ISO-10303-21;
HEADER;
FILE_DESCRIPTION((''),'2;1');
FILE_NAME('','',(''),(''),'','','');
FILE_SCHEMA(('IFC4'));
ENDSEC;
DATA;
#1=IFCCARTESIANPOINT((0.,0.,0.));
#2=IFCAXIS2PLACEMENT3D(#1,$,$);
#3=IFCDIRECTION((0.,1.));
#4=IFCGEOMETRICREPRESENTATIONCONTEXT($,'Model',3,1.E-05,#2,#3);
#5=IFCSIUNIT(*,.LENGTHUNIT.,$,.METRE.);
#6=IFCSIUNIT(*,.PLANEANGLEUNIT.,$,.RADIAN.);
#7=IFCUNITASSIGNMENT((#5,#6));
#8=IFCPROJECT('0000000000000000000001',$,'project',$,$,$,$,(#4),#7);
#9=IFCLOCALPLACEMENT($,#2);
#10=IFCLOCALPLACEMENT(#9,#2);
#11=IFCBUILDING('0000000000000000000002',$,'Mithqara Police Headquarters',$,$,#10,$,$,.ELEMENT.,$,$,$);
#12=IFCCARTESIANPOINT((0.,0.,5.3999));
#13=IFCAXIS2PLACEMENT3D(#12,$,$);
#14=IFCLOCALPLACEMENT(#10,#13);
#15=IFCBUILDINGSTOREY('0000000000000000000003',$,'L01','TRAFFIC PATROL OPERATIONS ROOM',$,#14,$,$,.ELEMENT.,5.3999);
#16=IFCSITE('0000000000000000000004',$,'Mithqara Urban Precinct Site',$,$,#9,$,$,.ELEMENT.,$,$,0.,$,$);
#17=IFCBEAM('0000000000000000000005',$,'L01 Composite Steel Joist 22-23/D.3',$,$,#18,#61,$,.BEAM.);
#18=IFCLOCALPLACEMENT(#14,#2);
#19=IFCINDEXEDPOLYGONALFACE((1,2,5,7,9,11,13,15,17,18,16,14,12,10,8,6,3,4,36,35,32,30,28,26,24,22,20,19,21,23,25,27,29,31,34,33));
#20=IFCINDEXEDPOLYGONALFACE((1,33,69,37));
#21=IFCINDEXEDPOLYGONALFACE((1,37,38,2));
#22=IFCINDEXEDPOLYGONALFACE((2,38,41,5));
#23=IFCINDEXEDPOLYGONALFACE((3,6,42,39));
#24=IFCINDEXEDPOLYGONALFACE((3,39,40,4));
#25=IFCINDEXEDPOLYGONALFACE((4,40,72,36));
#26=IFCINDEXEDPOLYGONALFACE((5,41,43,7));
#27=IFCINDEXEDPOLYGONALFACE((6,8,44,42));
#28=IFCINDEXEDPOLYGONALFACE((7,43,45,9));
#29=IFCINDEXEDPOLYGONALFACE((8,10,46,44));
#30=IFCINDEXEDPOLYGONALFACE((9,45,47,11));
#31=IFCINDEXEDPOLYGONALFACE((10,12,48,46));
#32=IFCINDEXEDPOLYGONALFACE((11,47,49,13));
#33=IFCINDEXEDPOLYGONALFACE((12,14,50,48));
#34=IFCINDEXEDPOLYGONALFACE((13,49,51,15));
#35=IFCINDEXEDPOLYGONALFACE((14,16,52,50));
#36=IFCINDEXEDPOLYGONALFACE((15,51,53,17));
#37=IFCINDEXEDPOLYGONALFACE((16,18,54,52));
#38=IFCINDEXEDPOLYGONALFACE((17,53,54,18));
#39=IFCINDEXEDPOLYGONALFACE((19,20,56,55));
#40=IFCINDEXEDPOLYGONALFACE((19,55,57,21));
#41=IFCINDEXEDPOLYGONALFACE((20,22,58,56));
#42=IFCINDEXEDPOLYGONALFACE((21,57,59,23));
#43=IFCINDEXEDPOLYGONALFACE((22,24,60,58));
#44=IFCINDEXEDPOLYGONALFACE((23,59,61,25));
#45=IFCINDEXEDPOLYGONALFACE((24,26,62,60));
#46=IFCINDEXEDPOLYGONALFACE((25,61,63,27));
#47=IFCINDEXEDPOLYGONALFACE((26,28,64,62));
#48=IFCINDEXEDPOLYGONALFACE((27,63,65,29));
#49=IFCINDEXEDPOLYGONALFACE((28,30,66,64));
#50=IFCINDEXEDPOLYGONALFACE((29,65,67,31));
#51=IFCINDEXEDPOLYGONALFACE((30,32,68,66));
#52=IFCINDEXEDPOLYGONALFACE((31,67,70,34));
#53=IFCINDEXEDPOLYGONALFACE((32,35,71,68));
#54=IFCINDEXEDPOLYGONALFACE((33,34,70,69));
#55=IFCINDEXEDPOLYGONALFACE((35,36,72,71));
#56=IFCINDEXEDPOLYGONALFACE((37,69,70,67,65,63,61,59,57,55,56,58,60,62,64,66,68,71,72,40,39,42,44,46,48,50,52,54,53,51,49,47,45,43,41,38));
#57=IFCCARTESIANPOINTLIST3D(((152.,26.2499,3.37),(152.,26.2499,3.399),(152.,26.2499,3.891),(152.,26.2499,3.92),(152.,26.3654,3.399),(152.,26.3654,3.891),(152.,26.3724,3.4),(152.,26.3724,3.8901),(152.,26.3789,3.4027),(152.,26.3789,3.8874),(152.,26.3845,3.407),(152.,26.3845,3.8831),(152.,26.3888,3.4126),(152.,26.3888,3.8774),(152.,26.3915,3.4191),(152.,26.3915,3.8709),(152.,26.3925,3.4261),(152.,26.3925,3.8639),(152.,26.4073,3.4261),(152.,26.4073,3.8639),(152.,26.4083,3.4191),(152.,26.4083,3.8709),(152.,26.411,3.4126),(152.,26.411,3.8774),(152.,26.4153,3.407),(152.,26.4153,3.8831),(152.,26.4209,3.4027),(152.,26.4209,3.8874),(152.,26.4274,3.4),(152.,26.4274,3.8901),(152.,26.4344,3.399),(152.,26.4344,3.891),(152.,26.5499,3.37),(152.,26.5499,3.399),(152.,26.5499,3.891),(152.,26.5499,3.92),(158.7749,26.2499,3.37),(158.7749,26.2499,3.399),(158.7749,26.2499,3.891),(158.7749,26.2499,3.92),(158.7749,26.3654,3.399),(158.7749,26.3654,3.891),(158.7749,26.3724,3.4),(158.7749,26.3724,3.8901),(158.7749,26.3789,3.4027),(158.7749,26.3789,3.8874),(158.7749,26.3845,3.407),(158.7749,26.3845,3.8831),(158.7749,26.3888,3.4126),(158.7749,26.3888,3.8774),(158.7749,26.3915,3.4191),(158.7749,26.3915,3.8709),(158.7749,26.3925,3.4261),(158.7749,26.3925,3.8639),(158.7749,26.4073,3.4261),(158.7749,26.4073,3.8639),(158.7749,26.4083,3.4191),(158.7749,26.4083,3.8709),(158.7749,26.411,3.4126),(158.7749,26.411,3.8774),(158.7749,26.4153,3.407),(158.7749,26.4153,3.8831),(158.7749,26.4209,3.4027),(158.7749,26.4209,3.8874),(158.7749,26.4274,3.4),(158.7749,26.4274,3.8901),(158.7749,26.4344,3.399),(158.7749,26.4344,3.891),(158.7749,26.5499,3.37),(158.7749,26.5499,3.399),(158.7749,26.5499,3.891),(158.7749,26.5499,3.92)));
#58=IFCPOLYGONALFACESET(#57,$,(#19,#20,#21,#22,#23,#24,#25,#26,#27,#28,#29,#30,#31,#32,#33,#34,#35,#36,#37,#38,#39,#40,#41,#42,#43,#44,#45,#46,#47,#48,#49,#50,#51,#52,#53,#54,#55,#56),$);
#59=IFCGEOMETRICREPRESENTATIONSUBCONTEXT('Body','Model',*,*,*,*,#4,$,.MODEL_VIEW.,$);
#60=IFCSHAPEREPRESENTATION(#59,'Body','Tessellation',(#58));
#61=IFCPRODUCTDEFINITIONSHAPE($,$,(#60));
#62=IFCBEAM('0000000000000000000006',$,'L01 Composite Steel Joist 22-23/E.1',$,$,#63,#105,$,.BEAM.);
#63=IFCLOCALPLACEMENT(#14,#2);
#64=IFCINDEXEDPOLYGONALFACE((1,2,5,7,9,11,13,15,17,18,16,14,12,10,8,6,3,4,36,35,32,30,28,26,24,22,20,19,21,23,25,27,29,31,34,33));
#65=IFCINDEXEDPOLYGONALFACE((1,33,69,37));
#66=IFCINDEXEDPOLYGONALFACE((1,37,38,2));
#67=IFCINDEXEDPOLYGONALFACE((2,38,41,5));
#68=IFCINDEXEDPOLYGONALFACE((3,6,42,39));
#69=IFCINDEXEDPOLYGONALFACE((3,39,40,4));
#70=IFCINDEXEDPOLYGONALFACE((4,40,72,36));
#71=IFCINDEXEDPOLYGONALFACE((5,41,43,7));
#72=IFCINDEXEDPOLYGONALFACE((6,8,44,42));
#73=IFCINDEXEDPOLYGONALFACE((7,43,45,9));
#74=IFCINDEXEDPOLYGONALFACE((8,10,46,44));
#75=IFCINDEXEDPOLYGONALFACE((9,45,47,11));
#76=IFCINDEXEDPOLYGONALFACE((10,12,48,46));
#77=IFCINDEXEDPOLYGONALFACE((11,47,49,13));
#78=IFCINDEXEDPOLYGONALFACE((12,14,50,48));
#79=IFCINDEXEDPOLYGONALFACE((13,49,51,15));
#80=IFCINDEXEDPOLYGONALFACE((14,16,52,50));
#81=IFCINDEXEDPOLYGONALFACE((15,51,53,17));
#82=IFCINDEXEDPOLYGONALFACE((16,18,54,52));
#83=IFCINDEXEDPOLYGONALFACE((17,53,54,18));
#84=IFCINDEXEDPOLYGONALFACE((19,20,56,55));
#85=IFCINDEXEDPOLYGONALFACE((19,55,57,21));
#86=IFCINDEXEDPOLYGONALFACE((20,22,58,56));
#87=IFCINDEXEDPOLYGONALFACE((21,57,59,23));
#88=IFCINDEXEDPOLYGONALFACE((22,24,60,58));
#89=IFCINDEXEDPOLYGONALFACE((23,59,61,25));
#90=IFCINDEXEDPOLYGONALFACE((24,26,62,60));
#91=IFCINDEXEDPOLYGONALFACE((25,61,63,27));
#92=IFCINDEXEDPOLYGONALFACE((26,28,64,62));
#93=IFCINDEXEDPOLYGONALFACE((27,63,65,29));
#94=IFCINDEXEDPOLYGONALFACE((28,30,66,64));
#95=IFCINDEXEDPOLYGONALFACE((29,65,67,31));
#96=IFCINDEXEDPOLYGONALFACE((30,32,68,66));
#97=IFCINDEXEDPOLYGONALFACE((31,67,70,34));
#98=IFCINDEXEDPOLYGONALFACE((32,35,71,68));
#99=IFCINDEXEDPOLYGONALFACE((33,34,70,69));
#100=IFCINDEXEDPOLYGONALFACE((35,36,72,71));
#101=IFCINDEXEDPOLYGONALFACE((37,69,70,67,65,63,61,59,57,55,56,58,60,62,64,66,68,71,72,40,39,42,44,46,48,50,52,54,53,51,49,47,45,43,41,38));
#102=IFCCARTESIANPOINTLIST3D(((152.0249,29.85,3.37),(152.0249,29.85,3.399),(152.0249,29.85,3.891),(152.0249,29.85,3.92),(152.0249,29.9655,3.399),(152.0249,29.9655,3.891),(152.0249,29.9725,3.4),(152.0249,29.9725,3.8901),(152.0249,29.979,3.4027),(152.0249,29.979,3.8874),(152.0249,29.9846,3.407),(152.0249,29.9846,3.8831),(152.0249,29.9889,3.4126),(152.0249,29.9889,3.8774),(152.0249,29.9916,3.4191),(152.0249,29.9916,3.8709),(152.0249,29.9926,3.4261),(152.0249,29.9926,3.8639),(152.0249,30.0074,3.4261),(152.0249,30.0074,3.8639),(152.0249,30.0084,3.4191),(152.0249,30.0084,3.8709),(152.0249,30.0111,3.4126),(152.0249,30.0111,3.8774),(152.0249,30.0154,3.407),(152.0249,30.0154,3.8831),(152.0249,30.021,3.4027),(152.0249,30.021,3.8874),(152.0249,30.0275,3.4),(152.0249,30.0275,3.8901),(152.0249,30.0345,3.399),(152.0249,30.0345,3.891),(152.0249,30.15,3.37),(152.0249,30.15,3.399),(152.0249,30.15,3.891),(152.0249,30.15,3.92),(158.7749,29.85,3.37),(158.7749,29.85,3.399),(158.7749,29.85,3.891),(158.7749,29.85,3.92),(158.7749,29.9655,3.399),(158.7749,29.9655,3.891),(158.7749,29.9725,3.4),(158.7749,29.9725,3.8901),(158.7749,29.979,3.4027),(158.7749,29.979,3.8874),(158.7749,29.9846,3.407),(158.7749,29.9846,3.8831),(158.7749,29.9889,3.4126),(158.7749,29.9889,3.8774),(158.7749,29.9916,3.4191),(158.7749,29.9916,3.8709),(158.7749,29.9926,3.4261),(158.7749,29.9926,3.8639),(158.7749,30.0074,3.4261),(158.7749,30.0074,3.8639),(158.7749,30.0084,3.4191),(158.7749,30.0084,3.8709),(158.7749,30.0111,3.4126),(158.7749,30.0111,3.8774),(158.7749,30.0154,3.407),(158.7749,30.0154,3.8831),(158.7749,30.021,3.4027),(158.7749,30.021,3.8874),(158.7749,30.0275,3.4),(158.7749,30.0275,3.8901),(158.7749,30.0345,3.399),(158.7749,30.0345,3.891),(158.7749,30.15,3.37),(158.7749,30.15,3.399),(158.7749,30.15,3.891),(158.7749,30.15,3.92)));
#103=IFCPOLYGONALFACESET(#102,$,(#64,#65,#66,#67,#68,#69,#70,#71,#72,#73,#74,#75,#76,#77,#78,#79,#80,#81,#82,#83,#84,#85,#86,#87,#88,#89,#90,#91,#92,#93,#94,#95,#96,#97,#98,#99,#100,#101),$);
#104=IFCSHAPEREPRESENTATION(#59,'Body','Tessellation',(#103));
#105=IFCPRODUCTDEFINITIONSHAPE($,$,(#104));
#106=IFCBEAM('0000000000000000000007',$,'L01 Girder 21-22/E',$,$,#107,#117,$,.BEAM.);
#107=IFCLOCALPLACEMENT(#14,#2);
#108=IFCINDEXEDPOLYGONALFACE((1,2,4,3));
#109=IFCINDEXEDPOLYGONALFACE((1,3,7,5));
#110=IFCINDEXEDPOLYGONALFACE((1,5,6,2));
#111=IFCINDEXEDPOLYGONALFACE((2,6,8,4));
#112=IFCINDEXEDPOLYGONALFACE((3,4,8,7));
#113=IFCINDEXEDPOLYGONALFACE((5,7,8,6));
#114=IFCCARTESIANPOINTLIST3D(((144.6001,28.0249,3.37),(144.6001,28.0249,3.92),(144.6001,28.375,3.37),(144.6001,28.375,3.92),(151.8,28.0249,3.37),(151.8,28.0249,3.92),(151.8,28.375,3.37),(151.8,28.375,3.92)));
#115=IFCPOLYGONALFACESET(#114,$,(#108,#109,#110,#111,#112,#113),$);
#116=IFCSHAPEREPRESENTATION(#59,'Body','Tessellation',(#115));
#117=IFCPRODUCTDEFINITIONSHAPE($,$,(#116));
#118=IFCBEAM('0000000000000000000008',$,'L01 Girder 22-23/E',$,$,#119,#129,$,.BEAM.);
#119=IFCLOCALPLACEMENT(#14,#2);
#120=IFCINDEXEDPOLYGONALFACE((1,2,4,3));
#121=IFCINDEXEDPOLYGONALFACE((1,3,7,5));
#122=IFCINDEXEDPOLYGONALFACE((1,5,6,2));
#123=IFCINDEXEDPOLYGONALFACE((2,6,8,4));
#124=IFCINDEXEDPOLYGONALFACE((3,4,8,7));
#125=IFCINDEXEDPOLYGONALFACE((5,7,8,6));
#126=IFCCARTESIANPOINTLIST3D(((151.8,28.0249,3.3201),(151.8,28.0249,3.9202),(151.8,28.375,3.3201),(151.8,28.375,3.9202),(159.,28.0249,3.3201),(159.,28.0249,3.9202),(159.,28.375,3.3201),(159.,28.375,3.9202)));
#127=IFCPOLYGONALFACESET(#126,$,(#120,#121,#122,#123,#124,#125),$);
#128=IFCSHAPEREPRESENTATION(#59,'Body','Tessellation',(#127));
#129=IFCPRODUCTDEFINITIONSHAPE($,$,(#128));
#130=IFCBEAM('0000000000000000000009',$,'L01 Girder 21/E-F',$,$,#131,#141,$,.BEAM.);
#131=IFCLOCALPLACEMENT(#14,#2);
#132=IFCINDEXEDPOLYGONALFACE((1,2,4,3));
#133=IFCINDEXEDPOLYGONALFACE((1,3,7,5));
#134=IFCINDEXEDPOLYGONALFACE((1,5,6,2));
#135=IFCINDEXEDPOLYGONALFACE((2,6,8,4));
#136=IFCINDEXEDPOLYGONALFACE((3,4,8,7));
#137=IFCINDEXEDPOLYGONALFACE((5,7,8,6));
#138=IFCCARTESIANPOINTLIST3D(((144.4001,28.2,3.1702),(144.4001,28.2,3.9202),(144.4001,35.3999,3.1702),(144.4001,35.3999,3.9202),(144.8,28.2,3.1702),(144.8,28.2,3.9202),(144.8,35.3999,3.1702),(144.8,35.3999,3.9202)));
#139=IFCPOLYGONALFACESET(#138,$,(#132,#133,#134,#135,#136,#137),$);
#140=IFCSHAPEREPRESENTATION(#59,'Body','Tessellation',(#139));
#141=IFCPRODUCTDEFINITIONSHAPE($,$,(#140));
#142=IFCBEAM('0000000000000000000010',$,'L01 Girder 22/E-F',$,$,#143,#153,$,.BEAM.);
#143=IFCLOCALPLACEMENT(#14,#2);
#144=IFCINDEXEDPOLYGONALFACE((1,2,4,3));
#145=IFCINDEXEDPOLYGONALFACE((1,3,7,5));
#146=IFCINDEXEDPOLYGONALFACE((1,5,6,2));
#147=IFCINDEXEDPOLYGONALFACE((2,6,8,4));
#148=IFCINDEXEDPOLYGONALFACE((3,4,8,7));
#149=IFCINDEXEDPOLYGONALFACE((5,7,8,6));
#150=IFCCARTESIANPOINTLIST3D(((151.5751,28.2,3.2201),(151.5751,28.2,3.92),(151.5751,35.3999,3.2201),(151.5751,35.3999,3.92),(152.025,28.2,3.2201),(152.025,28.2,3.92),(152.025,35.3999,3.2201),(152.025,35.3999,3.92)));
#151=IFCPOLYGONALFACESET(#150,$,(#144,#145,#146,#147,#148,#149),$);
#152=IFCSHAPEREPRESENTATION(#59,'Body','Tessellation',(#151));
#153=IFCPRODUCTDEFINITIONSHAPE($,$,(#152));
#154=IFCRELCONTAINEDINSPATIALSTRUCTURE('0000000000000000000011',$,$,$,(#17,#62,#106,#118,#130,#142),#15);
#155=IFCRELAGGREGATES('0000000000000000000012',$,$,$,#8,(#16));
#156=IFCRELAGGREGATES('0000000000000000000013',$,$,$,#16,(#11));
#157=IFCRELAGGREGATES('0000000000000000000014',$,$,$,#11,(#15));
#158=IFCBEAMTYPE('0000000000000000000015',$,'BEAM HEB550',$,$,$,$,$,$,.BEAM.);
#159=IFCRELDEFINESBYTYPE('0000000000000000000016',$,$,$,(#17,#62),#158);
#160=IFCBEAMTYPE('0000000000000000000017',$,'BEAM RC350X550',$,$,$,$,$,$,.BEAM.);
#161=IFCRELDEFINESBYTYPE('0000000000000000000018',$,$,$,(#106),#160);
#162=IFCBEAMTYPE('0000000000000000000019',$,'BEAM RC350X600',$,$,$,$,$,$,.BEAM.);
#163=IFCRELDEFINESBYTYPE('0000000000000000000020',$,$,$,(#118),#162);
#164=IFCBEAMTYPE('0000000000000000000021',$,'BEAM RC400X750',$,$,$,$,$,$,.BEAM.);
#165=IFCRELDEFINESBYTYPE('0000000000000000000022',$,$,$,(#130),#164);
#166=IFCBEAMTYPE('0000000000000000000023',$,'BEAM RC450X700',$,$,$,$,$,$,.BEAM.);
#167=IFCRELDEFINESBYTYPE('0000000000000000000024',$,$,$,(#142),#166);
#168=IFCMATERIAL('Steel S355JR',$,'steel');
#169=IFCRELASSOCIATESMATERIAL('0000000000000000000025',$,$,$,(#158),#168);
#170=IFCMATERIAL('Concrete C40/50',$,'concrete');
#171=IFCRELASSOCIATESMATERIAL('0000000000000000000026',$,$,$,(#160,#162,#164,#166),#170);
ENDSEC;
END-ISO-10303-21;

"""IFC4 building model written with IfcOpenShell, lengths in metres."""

from ifc_helpers import new_model, si_unit, direction, frame, origin, origin_2d, place, context, subcontext, project, spatial, rectangle, i_section, extrude, material, material_profile, profile_set, type_object, element, save


model = new_model("IFC4")

# Units and contexts
model_context = context("Model", 3, precision=1e-05, world=origin(), true_north=direction((0.0, 1.0)))
body_context = subcontext(model_context, "Body", "Model", "MODEL_VIEW")
ifc_project = project(units=[si_unit("LENGTHUNIT", "METRE"), si_unit("PLANEANGLEUNIT", "RADIAN")], contexts=[model_context])

# Site, building, storey
site_placement = place(None, origin())
site = spatial("IfcSite", under=ifc_project, at=site_placement, Name="Mithqara Urban Precinct Site", CompositionType="ELEMENT", RefElevation=0.0)
building_placement = place(site_placement, origin())
building = spatial("IfcBuilding", under=site, at=building_placement, Name="Mithqara Police Headquarters", CompositionType="ELEMENT")
storey_placement = place(building_placement, frame((0.0, 0.0, 5.3999)))
storey = spatial("IfcBuildingStorey", under=building, at=storey_placement, Name="L01", Description="TRAFFIC PATROL OPERATIONS ROOM", CompositionType="ELEMENT", Elevation=5.3999)

# Beams
ifc_material_1 = material(Name="Steel S355JR", Category="steel")
ifc_material_profile_1 = material_profile(ifc_material_1, i_section(OverallWidth=0.3, OverallDepth=0.55, WebThickness=0.0149, FlangeThickness=0.0291, FilletRadius=0.0271, at=origin_2d()), Name="HEB 550")
ifc_profile_set_1 = profile_set([ifc_material_profile_1], Name="Steel S355JR")
beam_type_1 = type_object("IfcBeamType", Name="BEAM HEB550", PredefinedType="BEAM", material=ifc_profile_set_1)
for number, where, z_axis, x_axis, name in (
    (1, (152.0, 26.3999, 3.645), (1.0, 0.0, 0.0), (0.0, 1.0, 0.0), "L01 Composite Steel Joist 22-23/D.3"),
):
    element("IfcBeam", number, at=place(storey_placement, frame(where, z_axis=z_axis, x_axis=x_axis)), inside=storey, type_object=beam_type_1, Name=name, PredefinedType="BEAM", context=body_context, shape_type="SweptSolid", body=[
        extrude(i_section(OverallWidth=0.3, OverallDepth=0.55, WebThickness=0.0149, FlangeThickness=0.0291, FilletRadius=0.0271, at=origin_2d()), origin(), (0.0, 0.0, 1.0), 6.7749),
    ])
beam_1_placement = place(storey_placement, frame((152.0249, 30.0, 3.645), z_axis=(1.0, 0.0, 0.0), x_axis=(0.0, 1.0, 0.0)))
element("IfcBeam", 2, at=beam_1_placement, inside=storey, type_object=beam_type_1, Name="L01 Composite Steel Joist 22-23/E.1", PredefinedType="BEAM", context=body_context, shape_type="SweptSolid", body=[
    extrude(i_section(OverallWidth=0.3, OverallDepth=0.55, WebThickness=0.0149, FlangeThickness=0.0291, FilletRadius=0.0271, at=origin_2d()), origin(), (0.0, 0.0, 1.0), 6.75),
])
ifc_material_2 = material(Name="Concrete C40/50", Category="concrete")
ifc_material_profile_2 = material_profile(ifc_material_2, rectangle(XDim=0.3501, YDim=0.55, at=origin_2d()), Name="RC 350x550")
ifc_profile_set_2 = profile_set([ifc_material_profile_2], Name="Concrete C40/50")
beam_type_2 = type_object("IfcBeamType", Name="BEAM RC350X550", PredefinedType="BEAM", material=ifc_profile_set_2)
beam_2_placement = place(storey_placement, frame((144.6001, 28.2, 3.645), z_axis=(1.0, 0.0, 0.0), x_axis=(0.0, 1.0, 0.0)))
element("IfcBeam", 3, at=beam_2_placement, inside=storey, type_object=beam_type_2, Name="L01 Girder 21-22/E", PredefinedType="BEAM", context=body_context, shape_type="SweptSolid", body=[
    extrude(rectangle(XDim=0.3501, YDim=0.55, at=origin_2d()), origin(), (0.0, 0.0, 1.0), 7.2),
])
ifc_material_profile_3 = material_profile(ifc_material_2, rectangle(XDim=0.3501, YDim=0.6001, at=origin_2d()), Name="RC 350x600")
ifc_profile_set_3 = profile_set([ifc_material_profile_3], Name="Concrete C40/50")
beam_type_3 = type_object("IfcBeamType", Name="BEAM RC350X600", PredefinedType="BEAM", material=ifc_profile_set_3)
beam_3_placement = place(storey_placement, frame((151.8, 28.2, 3.6201), z_axis=(1.0, 0.0, 0.0), x_axis=(0.0, 1.0, 0.0)))
element("IfcBeam", 4, at=beam_3_placement, inside=storey, type_object=beam_type_3, Name="L01 Girder 22-23/E", PredefinedType="BEAM", context=body_context, shape_type="SweptSolid", body=[
    extrude(rectangle(XDim=0.3501, YDim=0.6001, at=origin_2d()), origin(), (0.0, 0.0, 1.0), 7.2),
])
ifc_material_profile_4 = material_profile(ifc_material_2, rectangle(XDim=0.3999, YDim=0.75, at=origin_2d()), Name="RC 400x750")
ifc_profile_set_4 = profile_set([ifc_material_profile_4], Name="Concrete C40/50")
beam_type_4 = type_object("IfcBeamType", Name="BEAM RC400X750", PredefinedType="BEAM", material=ifc_profile_set_4)
beam_4_placement = place(storey_placement, frame((144.6001, 28.2, 3.5452), z_axis=(0.0, 1.0, 0.0), x_axis=(-1.0, 0.0, 0.0)))
element("IfcBeam", 5, at=beam_4_placement, inside=storey, type_object=beam_type_4, Name="L01 Girder 21/E-F", PredefinedType="BEAM", context=body_context, shape_type="SweptSolid", body=[
    extrude(rectangle(XDim=0.3999, YDim=0.75, at=origin_2d()), origin(), (0.0, 0.0, 1.0), 7.2),
])
ifc_material_profile_5 = material_profile(ifc_material_2, rectangle(XDim=0.45, YDim=0.7, at=origin_2d()), Name="RC 450x700")
ifc_profile_set_5 = profile_set([ifc_material_profile_5], Name="Concrete C40/50")
beam_type_5 = type_object("IfcBeamType", Name="BEAM RC450X700", PredefinedType="BEAM", material=ifc_profile_set_5)
beam_5_placement = place(storey_placement, frame((151.8, 28.2, 3.5701), z_axis=(0.0, 1.0, 0.0), x_axis=(-1.0, 0.0, 0.0)))
element("IfcBeam", 6, at=beam_5_placement, inside=storey, type_object=beam_type_5, Name="L01 Girder 22/E-F", PredefinedType="BEAM", context=body_context, shape_type="SweptSolid", body=[
    extrude(rectangle(XDim=0.45, YDim=0.7, at=origin_2d()), origin(), (0.0, 0.0, 1.0), 7.2),
])

save(model, "model.ifc")
